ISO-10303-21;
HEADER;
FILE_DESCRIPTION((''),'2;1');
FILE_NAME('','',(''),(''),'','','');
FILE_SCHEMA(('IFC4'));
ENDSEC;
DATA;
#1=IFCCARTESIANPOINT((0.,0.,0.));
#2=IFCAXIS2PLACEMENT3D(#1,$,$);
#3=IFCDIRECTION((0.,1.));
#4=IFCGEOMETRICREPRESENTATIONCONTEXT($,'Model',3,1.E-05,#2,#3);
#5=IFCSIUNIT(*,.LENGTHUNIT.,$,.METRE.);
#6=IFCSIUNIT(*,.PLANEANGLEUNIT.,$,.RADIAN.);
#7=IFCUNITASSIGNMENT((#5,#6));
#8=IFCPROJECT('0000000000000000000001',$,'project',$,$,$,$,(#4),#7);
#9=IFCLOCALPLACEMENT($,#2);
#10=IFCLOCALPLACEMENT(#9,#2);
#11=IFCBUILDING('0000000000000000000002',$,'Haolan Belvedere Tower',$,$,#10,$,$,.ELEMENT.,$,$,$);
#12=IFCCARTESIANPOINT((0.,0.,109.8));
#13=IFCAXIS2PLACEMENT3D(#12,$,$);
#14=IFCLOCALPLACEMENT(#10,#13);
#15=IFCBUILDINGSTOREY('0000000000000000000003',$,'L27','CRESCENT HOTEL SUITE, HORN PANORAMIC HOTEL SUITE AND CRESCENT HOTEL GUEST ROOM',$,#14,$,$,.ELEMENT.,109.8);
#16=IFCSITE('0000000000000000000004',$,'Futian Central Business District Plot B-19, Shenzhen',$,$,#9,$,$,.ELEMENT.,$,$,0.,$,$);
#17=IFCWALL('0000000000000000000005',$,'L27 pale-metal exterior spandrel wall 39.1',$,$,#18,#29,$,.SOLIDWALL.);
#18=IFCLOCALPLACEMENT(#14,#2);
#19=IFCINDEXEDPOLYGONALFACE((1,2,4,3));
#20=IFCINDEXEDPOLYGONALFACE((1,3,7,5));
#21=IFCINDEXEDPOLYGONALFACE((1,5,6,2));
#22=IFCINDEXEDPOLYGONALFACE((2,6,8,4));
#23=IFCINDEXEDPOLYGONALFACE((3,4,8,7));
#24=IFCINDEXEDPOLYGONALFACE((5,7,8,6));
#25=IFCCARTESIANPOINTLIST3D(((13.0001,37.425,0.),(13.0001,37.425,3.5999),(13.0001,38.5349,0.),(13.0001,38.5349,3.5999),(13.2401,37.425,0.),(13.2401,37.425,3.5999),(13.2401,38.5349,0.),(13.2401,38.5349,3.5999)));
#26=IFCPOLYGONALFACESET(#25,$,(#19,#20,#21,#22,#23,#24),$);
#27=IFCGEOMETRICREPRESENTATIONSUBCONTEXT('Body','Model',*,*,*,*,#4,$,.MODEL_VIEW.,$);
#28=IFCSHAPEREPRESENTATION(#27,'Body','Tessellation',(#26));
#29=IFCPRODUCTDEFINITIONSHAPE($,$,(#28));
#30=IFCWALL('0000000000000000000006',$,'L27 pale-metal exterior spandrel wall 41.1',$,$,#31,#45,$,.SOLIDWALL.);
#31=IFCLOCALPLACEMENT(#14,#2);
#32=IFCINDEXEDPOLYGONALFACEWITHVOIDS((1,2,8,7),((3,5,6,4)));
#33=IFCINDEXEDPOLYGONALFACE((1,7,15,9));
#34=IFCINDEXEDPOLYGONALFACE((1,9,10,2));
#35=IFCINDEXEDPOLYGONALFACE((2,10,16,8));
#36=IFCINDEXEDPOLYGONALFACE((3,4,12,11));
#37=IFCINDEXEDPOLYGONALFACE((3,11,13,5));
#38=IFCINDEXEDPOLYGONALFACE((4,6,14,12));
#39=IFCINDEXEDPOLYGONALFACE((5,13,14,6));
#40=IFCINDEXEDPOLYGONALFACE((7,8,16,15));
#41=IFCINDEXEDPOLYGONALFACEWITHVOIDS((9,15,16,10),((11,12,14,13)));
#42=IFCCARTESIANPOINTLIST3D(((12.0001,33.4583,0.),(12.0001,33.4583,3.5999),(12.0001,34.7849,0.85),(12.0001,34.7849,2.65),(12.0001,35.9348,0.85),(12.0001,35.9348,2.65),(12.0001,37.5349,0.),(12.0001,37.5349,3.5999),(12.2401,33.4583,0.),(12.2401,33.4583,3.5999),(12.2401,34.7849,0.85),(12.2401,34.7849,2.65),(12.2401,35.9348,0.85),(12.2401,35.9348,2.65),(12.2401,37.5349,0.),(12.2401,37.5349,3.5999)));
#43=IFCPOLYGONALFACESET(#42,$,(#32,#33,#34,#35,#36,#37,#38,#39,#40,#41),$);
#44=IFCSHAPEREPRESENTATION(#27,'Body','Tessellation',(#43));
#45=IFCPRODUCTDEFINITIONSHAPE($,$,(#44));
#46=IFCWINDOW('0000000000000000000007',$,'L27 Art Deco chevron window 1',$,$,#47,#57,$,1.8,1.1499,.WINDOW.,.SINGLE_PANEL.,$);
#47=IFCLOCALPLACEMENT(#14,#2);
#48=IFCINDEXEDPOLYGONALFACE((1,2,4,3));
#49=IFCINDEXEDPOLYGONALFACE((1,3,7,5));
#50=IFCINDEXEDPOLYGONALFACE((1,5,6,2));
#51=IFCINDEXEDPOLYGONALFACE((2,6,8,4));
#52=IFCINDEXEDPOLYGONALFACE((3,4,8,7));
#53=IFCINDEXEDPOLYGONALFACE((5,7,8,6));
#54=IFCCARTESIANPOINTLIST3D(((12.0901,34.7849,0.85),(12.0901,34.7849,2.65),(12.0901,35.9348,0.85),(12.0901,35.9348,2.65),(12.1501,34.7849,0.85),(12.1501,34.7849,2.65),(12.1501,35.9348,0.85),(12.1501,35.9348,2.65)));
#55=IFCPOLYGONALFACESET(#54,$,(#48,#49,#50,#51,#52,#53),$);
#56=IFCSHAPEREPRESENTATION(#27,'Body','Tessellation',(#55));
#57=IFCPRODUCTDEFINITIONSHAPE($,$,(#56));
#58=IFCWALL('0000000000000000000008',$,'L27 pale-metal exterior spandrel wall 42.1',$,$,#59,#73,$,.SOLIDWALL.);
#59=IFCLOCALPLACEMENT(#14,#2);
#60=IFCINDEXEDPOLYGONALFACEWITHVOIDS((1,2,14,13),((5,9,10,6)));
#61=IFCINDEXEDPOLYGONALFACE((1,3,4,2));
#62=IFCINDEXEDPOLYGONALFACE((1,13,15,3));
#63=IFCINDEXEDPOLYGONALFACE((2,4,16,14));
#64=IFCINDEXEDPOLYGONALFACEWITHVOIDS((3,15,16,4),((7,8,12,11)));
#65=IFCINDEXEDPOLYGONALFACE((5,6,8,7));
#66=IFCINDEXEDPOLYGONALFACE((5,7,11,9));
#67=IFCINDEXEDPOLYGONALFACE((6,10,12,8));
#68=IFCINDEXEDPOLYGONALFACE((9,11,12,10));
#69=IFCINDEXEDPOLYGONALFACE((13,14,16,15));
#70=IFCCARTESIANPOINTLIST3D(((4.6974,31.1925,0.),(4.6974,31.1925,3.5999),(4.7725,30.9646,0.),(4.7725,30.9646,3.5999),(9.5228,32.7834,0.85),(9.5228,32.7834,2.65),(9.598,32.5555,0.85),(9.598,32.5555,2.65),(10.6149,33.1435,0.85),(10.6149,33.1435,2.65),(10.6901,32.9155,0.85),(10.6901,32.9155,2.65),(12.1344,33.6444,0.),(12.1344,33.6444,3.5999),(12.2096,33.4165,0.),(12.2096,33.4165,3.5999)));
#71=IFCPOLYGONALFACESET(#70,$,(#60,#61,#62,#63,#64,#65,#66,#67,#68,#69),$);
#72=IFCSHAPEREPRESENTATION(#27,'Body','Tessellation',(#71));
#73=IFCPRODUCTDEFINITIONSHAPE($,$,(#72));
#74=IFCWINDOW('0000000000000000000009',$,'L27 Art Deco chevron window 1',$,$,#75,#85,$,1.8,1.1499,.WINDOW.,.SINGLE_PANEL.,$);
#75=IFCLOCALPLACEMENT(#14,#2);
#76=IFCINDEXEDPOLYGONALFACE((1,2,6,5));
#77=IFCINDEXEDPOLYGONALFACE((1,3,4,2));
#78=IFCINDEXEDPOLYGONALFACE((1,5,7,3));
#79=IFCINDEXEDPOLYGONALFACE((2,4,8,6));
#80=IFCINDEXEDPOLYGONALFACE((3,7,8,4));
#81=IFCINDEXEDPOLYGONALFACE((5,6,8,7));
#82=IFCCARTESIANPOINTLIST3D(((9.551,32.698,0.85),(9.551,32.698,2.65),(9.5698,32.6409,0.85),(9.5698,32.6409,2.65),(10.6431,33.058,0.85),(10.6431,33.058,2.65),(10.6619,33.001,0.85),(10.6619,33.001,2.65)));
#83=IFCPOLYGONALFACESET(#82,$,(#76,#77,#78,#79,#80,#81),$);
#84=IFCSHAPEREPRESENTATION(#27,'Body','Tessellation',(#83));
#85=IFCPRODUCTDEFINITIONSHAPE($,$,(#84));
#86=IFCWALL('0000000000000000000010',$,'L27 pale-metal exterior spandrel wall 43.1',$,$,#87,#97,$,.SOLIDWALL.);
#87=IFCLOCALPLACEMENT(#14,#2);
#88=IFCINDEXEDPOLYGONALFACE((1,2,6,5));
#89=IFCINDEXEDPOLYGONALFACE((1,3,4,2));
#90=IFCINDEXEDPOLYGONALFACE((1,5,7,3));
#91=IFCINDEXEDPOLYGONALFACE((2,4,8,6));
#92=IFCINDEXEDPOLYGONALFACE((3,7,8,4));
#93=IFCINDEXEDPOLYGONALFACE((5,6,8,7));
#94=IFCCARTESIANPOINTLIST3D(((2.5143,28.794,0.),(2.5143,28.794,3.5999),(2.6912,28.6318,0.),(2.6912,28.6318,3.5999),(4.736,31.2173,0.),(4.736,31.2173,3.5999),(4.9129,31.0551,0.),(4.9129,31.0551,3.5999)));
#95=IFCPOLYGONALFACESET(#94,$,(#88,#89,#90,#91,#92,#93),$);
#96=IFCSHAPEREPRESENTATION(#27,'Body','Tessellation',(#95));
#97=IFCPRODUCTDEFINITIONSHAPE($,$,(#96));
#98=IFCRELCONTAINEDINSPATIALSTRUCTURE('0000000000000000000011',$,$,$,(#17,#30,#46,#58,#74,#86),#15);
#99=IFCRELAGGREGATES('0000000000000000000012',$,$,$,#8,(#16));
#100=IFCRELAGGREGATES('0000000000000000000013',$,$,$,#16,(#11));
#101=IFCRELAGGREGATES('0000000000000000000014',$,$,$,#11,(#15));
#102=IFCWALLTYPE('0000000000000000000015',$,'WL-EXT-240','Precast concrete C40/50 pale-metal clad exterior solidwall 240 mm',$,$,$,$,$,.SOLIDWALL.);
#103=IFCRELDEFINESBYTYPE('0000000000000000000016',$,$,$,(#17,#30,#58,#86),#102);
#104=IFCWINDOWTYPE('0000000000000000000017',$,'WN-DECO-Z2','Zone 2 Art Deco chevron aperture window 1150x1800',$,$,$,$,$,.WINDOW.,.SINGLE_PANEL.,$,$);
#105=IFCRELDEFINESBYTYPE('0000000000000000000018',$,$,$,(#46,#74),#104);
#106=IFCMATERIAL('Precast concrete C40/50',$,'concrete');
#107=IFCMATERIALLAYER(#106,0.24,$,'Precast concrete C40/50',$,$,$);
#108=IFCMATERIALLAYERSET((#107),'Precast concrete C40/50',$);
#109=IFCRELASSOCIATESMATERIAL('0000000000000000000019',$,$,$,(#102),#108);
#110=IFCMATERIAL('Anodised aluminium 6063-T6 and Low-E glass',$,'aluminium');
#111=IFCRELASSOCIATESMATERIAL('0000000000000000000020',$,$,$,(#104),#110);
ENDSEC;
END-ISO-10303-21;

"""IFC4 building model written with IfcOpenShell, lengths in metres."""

from ifc_helpers import new_model, si_unit, direction, frame, frame_2d, origin, place, context, subcontext, project, spatial, rectangle, extrude, material, layer, layer_set, type_object, element, fill, save


model = new_model("IFC4")

# Units and contexts
model_context = context("Model", 3, precision=1e-05, world=origin(), true_north=direction((0.0, 1.0)))
body_context = subcontext(model_context, "Body", "Model", "MODEL_VIEW")
ifc_project = project(units=[si_unit("LENGTHUNIT", "METRE"), si_unit("PLANEANGLEUNIT", "RADIAN")], contexts=[model_context])

# Site, building, storey
site_placement = place(None, origin())
site = spatial("IfcSite", under=ifc_project, at=site_placement, Name="Futian Central Business District Plot B-19, Shenzhen", CompositionType="ELEMENT", RefElevation=0.0)
building_placement = place(site_placement, origin())
building = spatial("IfcBuilding", under=site, at=building_placement, Name="Haolan Belvedere Tower", CompositionType="ELEMENT")
storey_placement = place(building_placement, frame((0.0, 0.0, 109.8)))
storey = spatial("IfcBuildingStorey", under=building, at=storey_placement, Name="L27", Description="CRESCENT HOTEL SUITE, HORN PANORAMIC HOTEL SUITE AND CRESCENT HOTEL GUEST ROOM", CompositionType="ELEMENT", Elevation=109.8)

# Wall
ifc_material_1 = material(Name="Precast concrete C40/50", Category="concrete")
ifc_layer_1 = layer(ifc_material_1, 0.24, Name="Precast concrete C40/50")
ifc_layer_set_1 = layer_set([ifc_layer_1], Name="Precast concrete C40/50")
wall_type_1 = type_object("IfcWallType", Name="WL-EXT-240", Description="Precast concrete C40/50 pale-metal clad exterior solidwall 240 mm", PredefinedType="SOLIDWALL", material=ifc_layer_set_1)
wall_1_placement = place(storey_placement, frame((13.1201, 38.5349, 0.0), z_axis=(0.0, 0.0, 1.0), x_axis=(0.0, -1.0, 0.0)))
element("IfcWall", 1, at=wall_1_placement, inside=storey, type_object=wall_type_1, Name="L27 pale-metal exterior spandrel wall 39.1", PredefinedType="SOLIDWALL", context=body_context, shape_type="SweptSolid", body=[
    extrude(rectangle(XDim=1.1099, YDim=0.24, at=frame_2d((0.5549, 0.0))), origin(), (0.0, 0.0, 1.0), 3.5999),
])

# Walls, openings, windows
wall_2_placement = place(storey_placement, frame((12.1201, 37.5349, 0.0), z_axis=(0.0, 0.0, 1.0), x_axis=(0.0, -1.0, 0.0)))
wall_2 = element("IfcWall", 2, at=wall_2_placement, inside=storey, type_object=wall_type_1, Name="L27 pale-metal exterior spandrel wall 41.1", PredefinedType="SOLIDWALL", context=body_context, shape_type="SweptSolid", body=[
    extrude(rectangle(XDim=4.0767, YDim=0.24, at=frame_2d((2.0383, 0.0))), origin(), (0.0, 0.0, 1.0), 3.5999),
])
opening_1_placement = place(wall_2_placement, frame((1.6001, 0.0, 0.8501)))
opening_1 = element("IfcOpeningElement", 3, at=opening_1_placement, cuts=wall_2, PredefinedType="OPENING", context=body_context, shape_type="SweptSolid", body=[
    extrude(rectangle(XDim=1.1499, YDim=1.8, at=frame_2d((0.575, 0.8999))), frame((0.0, 0.1299, 0.0), z_axis=(0.0, -1.0, 0.0), x_axis=(1.0, 0.0, 0.0)), (0.0, 0.0, 1.0), 0.26),
])
ifc_material_2 = material(Name="Anodised aluminium 6063-T6 and Low-E glass", Category="aluminium")
window_type = type_object("IfcWindowType", Name="WN-DECO-Z2", Description="Zone 2 Art Deco chevron aperture window 1150x1800", PartitioningType="SINGLE_PANEL", PredefinedType="WINDOW", material=ifc_material_2)
window_1_placement = place(opening_1_placement, origin())
window_1 = element("IfcWindow", 4, at=window_1_placement, inside=storey, type_object=window_type, Name="L27 Art Deco chevron window 1", OverallHeight=1.8, OverallWidth=1.1499, PartitioningType="SINGLE_PANEL", PredefinedType="WINDOW", context=body_context, shape_type="SweptSolid", body=[
    extrude(rectangle(XDim=1.1499, YDim=1.8, at=frame_2d((0.575, 0.8999))), frame((0.0, 0.03, 0.0), z_axis=(0.0, -1.0, 0.0), x_axis=(1.0, 0.0, 0.0)), (0.0, 0.0, 1.0), 0.0601),
])
fill(opening_1, window_1)
wall_3_placement = place(storey_placement, frame((12.1721, 33.5305, 0.0), z_axis=(0.0, 0.0, 1.0), x_axis=(-0.949716, -0.313111, 0.0)))
wall_3 = element("IfcWall", 5, at=wall_3_placement, inside=storey, type_object=wall_type_1, Name="L27 pale-metal exterior spandrel wall 42.1", PredefinedType="SOLIDWALL", context=body_context, shape_type="SweptSolid", body=[
    extrude(rectangle(XDim=7.8308, YDim=0.24, at=frame_2d((3.9155, 0.0))), origin(), (0.0, 0.0, 1.0), 3.5999),
])
opening_2_placement = place(wall_3_placement, frame((1.6001, 0.0, 0.8501)))
opening_2 = element("IfcOpeningElement", 6, at=opening_2_placement, cuts=wall_3, PredefinedType="OPENING", context=body_context, shape_type="SweptSolid", body=[
    extrude(rectangle(XDim=1.1499, YDim=1.8, at=frame_2d((0.575, 0.8999))), frame((0.0, 0.1299, 0.0), z_axis=(0.0, -1.0, 0.0), x_axis=(1.0, 0.0, 0.0)), (0.0, 0.0, 1.0), 0.26),
])
window_2_placement = place(opening_2_placement, origin())
window_2 = element("IfcWindow", 7, at=window_2_placement, inside=storey, type_object=window_type, Name="L27 Art Deco chevron window 1", OverallHeight=1.8, OverallWidth=1.1499, PartitioningType="SINGLE_PANEL", PredefinedType="WINDOW", context=body_context, shape_type="SweptSolid", body=[
    extrude(rectangle(XDim=1.1499, YDim=1.8, at=frame_2d((0.575, 0.8999))), frame((0.0, 0.03, 0.0), z_axis=(0.0, -1.0, 0.0), x_axis=(1.0, 0.0, 0.0)), (0.0, 0.0, 1.0), 0.0601),
])
fill(opening_2, window_2)

# Wall
wall_4_placement = place(storey_placement, frame((4.8245, 31.1362, 0.0), z_axis=(0.0, 0.0, 1.0), x_axis=(-0.675772, -0.737111, 0.0)))
element("IfcWall", 8, at=wall_4_placement, inside=storey, type_object=wall_type_1, Name="L27 pale-metal exterior spandrel wall 43.1", PredefinedType="SOLIDWALL", context=body_context, shape_type="SweptSolid", body=[
    extrude(rectangle(XDim=3.2876, YDim=0.24, at=frame_2d((1.6438, 0.0))), origin(), (0.0, 0.0, 1.0), 3.5999),
])

save(model, "model.ifc")
